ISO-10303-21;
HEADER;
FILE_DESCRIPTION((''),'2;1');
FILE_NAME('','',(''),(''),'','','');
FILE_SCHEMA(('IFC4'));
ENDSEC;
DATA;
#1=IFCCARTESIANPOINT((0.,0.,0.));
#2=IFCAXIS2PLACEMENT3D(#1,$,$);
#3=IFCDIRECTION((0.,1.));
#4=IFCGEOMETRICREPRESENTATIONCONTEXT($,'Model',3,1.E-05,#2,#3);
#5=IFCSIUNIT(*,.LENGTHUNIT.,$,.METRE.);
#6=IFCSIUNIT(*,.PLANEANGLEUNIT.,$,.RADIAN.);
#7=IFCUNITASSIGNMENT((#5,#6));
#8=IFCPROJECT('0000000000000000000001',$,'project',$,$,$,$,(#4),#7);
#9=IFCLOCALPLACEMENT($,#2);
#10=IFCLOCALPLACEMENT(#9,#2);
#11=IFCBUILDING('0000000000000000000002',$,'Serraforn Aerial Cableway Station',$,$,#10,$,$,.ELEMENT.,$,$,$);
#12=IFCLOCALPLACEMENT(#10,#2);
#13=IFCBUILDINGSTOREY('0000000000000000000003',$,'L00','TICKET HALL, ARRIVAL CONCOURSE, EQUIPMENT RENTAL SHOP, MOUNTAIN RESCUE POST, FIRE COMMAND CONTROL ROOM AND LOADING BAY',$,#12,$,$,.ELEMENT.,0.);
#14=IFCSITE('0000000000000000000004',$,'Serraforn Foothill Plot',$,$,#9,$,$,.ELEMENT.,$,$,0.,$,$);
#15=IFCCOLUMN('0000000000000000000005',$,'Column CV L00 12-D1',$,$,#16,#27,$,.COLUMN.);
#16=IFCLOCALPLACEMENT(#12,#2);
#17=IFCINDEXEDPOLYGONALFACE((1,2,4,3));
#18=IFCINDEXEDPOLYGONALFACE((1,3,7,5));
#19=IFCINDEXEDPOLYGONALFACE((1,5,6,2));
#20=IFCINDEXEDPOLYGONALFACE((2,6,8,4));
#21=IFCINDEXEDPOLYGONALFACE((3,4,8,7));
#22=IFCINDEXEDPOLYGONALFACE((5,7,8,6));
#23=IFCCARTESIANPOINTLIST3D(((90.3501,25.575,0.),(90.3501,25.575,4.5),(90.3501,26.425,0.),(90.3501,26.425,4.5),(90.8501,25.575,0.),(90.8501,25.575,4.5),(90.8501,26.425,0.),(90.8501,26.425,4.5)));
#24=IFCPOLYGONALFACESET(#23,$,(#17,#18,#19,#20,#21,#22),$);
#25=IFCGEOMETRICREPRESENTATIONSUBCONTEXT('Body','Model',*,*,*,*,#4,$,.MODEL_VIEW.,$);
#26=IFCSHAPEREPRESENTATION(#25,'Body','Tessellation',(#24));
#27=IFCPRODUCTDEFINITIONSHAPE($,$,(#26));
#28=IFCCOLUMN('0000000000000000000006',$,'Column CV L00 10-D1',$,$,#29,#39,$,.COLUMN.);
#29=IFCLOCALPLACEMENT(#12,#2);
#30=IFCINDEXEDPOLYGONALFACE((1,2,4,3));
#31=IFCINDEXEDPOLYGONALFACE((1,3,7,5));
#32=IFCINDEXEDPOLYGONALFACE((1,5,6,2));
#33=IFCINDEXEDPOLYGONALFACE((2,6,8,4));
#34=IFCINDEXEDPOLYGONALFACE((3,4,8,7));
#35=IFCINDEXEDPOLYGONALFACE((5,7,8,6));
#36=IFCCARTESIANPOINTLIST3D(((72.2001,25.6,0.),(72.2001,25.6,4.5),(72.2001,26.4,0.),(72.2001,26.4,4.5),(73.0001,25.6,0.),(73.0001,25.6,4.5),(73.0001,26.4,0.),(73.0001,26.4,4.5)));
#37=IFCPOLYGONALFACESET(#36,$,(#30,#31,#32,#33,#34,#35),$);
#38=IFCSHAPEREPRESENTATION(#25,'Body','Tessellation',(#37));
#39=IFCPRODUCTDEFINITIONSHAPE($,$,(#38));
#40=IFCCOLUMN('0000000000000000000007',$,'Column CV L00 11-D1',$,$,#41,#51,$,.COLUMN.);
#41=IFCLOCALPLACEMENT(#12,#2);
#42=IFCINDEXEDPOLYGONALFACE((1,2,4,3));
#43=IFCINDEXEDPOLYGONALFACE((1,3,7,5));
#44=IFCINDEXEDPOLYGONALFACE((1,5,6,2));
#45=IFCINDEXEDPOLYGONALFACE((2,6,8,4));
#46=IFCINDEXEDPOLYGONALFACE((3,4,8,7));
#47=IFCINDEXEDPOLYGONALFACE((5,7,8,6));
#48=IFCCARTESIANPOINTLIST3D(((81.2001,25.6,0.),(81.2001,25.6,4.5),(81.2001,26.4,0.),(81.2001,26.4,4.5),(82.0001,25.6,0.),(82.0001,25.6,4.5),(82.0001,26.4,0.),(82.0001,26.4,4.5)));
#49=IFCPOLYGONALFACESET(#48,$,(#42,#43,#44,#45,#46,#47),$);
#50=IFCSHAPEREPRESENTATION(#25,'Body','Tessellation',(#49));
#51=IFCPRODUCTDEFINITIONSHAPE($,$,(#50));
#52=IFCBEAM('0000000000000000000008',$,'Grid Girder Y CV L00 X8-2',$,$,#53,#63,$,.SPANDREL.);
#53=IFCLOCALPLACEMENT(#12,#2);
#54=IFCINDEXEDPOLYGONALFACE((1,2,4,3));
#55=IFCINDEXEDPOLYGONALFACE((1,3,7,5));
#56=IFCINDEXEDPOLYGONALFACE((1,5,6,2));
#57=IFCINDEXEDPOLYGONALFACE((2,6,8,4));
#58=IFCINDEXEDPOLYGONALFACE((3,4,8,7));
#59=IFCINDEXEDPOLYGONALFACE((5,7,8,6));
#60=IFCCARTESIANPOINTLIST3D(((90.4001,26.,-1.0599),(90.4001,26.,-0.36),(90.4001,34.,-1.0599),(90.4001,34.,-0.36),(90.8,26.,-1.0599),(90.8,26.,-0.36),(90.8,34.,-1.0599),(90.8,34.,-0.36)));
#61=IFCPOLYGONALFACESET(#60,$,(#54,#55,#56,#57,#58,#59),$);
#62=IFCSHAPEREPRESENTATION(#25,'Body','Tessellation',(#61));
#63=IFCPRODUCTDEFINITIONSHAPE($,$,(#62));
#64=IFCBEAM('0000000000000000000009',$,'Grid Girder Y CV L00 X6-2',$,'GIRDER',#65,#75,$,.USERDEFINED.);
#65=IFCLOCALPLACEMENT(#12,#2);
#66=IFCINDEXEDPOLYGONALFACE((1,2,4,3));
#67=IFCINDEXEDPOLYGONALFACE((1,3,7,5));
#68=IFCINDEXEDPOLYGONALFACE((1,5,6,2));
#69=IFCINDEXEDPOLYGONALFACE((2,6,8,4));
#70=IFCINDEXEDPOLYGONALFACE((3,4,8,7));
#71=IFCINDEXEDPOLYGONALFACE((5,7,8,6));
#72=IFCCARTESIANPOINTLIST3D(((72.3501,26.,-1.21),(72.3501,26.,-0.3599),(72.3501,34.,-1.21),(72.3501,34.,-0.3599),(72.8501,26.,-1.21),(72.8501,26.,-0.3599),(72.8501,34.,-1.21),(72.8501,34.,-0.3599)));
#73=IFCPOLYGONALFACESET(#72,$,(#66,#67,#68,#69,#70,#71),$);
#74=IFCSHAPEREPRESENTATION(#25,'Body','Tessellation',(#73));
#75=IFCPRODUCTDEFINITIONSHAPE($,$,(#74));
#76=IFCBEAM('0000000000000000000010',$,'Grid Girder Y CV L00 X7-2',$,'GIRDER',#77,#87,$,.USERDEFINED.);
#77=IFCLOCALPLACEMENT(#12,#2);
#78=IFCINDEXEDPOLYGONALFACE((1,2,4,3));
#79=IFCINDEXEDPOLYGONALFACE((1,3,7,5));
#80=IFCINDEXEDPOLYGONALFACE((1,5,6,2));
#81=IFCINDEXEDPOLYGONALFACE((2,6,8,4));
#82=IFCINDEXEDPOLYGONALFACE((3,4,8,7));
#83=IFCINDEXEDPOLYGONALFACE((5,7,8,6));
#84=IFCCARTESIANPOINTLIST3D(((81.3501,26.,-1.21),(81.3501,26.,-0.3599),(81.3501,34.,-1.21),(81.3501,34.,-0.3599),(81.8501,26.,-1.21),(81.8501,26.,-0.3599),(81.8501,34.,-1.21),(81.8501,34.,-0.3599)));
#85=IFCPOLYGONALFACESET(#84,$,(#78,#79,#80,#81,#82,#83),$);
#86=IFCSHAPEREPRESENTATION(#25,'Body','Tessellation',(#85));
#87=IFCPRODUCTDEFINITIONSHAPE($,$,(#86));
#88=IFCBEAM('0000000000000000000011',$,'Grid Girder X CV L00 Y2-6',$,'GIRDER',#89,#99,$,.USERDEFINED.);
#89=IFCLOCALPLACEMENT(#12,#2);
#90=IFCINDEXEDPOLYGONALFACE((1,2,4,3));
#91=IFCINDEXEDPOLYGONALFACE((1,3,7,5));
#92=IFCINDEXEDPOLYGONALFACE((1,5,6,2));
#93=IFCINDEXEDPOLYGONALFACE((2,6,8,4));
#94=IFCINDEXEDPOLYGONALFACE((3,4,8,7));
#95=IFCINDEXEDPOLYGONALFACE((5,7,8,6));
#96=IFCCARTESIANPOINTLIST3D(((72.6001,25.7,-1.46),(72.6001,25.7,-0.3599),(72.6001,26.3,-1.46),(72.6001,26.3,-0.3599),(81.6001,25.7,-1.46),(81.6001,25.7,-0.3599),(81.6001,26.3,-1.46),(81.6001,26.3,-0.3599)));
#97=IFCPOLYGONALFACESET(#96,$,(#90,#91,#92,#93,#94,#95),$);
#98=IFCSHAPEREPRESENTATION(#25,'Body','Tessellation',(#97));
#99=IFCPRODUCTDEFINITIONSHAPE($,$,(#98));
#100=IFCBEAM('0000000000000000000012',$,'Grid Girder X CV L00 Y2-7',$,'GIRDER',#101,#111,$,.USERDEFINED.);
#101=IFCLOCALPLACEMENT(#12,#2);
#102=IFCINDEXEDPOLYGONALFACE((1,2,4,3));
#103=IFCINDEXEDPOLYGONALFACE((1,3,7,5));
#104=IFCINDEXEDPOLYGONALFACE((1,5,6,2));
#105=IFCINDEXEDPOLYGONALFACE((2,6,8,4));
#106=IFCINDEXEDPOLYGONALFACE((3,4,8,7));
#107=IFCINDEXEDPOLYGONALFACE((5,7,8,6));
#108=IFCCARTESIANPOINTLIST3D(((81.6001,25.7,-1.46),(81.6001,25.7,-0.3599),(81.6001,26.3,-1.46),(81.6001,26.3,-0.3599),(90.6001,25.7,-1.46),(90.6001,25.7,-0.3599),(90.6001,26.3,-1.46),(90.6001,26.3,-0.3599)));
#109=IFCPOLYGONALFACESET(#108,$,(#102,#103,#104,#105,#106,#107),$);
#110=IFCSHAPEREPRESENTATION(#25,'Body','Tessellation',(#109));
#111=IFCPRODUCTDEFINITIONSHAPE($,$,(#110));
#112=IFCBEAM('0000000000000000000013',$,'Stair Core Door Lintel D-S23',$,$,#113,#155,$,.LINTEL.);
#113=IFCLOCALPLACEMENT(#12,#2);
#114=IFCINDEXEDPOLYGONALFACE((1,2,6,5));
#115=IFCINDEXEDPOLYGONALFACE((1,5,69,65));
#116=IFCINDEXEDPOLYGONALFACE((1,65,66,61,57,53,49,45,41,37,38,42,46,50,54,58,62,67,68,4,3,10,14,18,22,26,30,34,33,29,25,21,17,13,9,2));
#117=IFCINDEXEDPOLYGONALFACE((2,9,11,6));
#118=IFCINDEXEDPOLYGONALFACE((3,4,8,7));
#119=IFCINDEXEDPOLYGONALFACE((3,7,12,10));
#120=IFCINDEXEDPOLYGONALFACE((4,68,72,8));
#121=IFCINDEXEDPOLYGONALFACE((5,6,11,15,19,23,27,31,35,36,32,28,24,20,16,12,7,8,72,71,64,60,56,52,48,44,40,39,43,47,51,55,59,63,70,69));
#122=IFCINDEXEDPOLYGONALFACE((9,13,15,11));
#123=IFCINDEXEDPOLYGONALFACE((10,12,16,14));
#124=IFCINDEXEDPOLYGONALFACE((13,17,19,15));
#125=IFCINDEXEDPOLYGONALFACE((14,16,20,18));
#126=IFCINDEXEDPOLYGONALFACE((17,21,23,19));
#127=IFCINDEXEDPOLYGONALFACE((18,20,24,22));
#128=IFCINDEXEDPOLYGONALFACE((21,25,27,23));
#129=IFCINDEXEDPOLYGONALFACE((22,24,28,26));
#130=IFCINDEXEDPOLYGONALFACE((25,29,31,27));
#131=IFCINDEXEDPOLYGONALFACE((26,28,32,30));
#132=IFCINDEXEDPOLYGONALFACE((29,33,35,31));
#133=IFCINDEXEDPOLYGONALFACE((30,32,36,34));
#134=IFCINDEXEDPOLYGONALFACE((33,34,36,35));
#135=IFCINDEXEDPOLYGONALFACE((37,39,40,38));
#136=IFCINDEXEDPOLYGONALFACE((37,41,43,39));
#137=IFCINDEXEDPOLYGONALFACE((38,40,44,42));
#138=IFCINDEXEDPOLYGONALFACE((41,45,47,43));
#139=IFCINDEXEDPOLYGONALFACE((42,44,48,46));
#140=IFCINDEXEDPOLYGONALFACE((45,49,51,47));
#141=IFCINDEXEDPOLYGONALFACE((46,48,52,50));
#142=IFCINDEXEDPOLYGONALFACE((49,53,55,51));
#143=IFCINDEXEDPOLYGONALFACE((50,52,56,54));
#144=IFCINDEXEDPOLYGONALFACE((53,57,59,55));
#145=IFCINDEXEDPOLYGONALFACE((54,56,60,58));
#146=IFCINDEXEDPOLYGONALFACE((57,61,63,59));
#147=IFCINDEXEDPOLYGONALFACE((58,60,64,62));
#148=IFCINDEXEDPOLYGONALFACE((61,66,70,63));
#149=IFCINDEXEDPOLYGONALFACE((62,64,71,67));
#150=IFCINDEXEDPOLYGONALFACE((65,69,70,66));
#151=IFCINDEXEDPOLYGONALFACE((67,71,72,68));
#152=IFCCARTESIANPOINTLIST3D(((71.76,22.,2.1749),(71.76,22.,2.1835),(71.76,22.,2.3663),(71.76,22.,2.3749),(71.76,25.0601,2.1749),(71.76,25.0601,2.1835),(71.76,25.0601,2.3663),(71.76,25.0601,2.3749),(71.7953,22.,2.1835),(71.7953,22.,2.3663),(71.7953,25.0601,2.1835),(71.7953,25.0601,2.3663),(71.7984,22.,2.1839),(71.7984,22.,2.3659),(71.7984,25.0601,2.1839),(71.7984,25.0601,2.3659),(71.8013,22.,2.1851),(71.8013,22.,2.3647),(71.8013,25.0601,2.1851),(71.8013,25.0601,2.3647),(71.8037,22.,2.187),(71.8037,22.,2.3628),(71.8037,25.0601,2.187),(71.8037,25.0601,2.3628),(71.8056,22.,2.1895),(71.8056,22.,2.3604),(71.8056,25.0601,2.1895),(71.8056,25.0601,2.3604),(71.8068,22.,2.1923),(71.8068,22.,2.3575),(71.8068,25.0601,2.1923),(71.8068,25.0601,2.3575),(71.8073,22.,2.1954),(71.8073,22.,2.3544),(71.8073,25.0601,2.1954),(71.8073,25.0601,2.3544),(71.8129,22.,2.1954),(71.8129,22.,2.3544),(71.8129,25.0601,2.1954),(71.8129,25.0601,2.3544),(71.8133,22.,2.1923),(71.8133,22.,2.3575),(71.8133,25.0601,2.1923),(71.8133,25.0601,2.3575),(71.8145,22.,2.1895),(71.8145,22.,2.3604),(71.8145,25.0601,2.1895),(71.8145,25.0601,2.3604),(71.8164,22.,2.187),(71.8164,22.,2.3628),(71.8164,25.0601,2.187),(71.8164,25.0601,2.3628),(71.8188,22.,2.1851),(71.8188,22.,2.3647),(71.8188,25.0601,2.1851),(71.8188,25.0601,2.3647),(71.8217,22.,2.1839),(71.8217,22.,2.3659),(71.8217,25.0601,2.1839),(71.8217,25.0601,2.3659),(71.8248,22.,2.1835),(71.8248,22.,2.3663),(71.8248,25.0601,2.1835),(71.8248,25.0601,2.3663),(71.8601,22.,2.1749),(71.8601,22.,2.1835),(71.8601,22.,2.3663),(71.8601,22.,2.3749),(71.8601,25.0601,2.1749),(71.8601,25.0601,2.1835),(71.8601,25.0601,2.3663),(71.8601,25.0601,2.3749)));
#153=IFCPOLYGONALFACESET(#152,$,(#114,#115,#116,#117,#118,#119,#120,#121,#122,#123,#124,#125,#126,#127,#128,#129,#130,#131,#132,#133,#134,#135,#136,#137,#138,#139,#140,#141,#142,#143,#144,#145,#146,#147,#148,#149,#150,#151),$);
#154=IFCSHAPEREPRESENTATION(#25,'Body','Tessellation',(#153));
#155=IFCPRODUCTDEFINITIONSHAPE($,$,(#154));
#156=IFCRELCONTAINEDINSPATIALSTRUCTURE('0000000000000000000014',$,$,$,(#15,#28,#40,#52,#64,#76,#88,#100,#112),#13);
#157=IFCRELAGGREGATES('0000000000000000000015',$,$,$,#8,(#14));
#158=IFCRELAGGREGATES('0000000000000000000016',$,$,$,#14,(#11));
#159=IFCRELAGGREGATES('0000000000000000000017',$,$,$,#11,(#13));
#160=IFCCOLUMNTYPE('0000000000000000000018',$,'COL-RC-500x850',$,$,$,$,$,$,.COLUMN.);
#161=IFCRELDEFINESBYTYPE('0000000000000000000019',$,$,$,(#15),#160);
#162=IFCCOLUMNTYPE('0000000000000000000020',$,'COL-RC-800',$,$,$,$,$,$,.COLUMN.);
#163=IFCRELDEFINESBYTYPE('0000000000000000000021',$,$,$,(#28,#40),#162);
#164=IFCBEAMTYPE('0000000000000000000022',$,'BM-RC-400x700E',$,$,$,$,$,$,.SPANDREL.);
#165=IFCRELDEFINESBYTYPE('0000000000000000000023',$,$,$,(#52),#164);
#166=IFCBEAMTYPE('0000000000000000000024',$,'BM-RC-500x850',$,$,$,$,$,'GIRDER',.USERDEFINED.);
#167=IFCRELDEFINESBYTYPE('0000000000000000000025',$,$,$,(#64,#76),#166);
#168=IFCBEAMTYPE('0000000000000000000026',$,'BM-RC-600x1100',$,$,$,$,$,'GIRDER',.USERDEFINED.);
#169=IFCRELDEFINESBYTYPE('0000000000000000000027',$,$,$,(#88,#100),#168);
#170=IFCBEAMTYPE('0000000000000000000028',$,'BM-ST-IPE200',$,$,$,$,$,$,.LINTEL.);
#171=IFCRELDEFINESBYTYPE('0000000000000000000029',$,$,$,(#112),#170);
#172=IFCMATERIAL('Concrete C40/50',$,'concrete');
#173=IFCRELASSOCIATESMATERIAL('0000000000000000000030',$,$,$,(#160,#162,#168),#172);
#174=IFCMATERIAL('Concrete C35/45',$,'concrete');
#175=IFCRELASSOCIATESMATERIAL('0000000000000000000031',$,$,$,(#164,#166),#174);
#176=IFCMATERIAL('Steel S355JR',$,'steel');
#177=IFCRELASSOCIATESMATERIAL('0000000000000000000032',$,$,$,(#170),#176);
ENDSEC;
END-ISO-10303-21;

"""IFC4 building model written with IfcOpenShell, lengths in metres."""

from ifc_helpers import new_model, si_unit, direction, frame, origin, origin_2d, place, context, subcontext, project, spatial, rectangle, i_section, extrude, material, material_profile, profile_set, type_object, element, save


model = new_model("IFC4")

# Units and contexts
model_context = context("Model", 3, precision=1e-05, world=origin(), true_north=direction((0.0, 1.0)))
body_context = subcontext(model_context, "Body", "Model", "MODEL_VIEW")
ifc_project = project(units=[si_unit("LENGTHUNIT", "METRE"), si_unit("PLANEANGLEUNIT", "RADIAN")], contexts=[model_context])

# Site, building, storey
site_placement = place(None, origin())
site = spatial("IfcSite", under=ifc_project, at=site_placement, Name="Serraforn Foothill Plot", CompositionType="ELEMENT", RefElevation=0.0)
building_placement = place(site_placement, origin())
building = spatial("IfcBuilding", under=site, at=building_placement, Name="Serraforn Aerial Cableway Station", CompositionType="ELEMENT")
storey_placement = place(building_placement, origin())
storey = spatial("IfcBuildingStorey", under=building, at=storey_placement, Name="L00", Description="TICKET HALL, ARRIVAL CONCOURSE, EQUIPMENT RENTAL SHOP, MOUNTAIN RESCUE POST, FIRE COMMAND CONTROL ROOM AND LOADING BAY", CompositionType="ELEMENT", Elevation=0.0)

# Columns
ifc_material_1 = material(Name="Concrete C40/50", Category="concrete")
ifc_material_profile_1 = material_profile(ifc_material_1, rectangle(XDim=0.5, YDim=0.8501, at=origin_2d()), Name="RC 500x850")
ifc_profile_set_1 = profile_set([ifc_material_profile_1], Name="Concrete C40/50")
column_type_1 = type_object("IfcColumnType", Name="COL-RC-500x850", PredefinedType="COLUMN", material=ifc_profile_set_1)
column_placement = place(storey_placement, frame((90.6001, 26.0, 0.0), z_axis=(0.0, 0.0, 1.0), x_axis=(1.0, 0.0, 0.0)))
element("IfcColumn", 1, at=column_placement, inside=storey, type_object=column_type_1, Name="Column CV L00 12-D1", PredefinedType="COLUMN", context=body_context, shape_type="SweptSolid", body=[
    extrude(rectangle(XDim=0.5, YDim=0.8501, at=origin_2d()), origin(), (0.0, 0.0, 1.0), 4.5),
])
ifc_material_profile_2 = material_profile(ifc_material_1, rectangle(XDim=0.8, YDim=0.8, at=origin_2d()), Name="RC 800x800")
ifc_profile_set_2 = profile_set([ifc_material_profile_2], Name="Concrete C40/50")
column_type_2 = type_object("IfcColumnType", Name="COL-RC-800", PredefinedType="COLUMN", material=ifc_profile_set_2)
for number, where, z_axis, x_axis, name in (
    (2, (72.6001, 26.0, 0.0), (0.0, 0.0, 1.0), (1.0, 0.0, 0.0), "Column CV L00 10-D1"),
    (3, (81.6001, 26.0, 0.0), (0.0, 0.0, 1.0), (1.0, 0.0, 0.0), "Column CV L00 11-D1"),
):
    element("IfcColumn", number, at=place(storey_placement, frame(where, z_axis=z_axis, x_axis=x_axis)), inside=storey, type_object=column_type_2, Name=name, PredefinedType="COLUMN", context=body_context, shape_type="SweptSolid", body=[
        extrude(rectangle(XDim=0.8, YDim=0.8, at=origin_2d()), origin(), (0.0, 0.0, 1.0), 4.5),
    ])

# Beams
ifc_material_2 = material(Name="Concrete C35/45", Category="concrete")
ifc_material_profile_3 = material_profile(ifc_material_2, rectangle(XDim=0.3999, YDim=0.7, at=origin_2d()), Name="RC 400x700")
ifc_profile_set_3 = profile_set([ifc_material_profile_3], Name="Concrete C35/45")
beam_type_1 = type_object("IfcBeamType", Name="BM-RC-400x700E", PredefinedType="SPANDREL", material=ifc_profile_set_3)
beam_1_placement = place(storey_placement, frame((90.6001, 26.0, -0.71), z_axis=(0.0, 1.0, 0.0), x_axis=(-1.0, 0.0, 0.0)))
element("IfcBeam", 4, at=beam_1_placement, inside=storey, type_object=beam_type_1, Name="Grid Girder Y CV L00 X8-2", PredefinedType="SPANDREL", context=body_context, shape_type="SweptSolid", body=[
    extrude(rectangle(XDim=0.3999, YDim=0.7, at=origin_2d()), origin(), (0.0, 0.0, 1.0), 8.0),
])
ifc_material_profile_4 = material_profile(ifc_material_2, rectangle(XDim=0.5, YDim=0.8501, at=origin_2d()), Name="RC 500x850")
ifc_profile_set_4 = profile_set([ifc_material_profile_4], Name="Concrete C35/45")
beam_type_2 = type_object("IfcBeamType", Name="BM-RC-500x850", ElementType="GIRDER", PredefinedType="USERDEFINED", material=ifc_profile_set_4)
for number, where, z_axis, x_axis, name in (
    (5, (72.6001, 26.0, -0.7849), (0.0, 1.0, 0.0), (-1.0, 0.0, 0.0), "Grid Girder Y CV L00 X6-2"),
    (6, (81.6001, 26.0, -0.7849), (0.0, 1.0, 0.0), (-1.0, 0.0, 0.0), "Grid Girder Y CV L00 X7-2"),
):
    element("IfcBeam", number, at=place(storey_placement, frame(where, z_axis=z_axis, x_axis=x_axis)), inside=storey, type_object=beam_type_2, Name=name, ObjectType="GIRDER", PredefinedType="USERDEFINED", context=body_context, shape_type="SweptSolid", body=[
        extrude(rectangle(XDim=0.5, YDim=0.8501, at=origin_2d()), origin(), (0.0, 0.0, 1.0), 8.0),
    ])
ifc_material_profile_5 = material_profile(ifc_material_1, rectangle(XDim=0.6001, YDim=1.1001, at=origin_2d()), Name="RC 600x1100")
ifc_profile_set_5 = profile_set([ifc_material_profile_5], Name="Concrete C40/50")
beam_type_3 = type_object("IfcBeamType", Name="BM-RC-600x1100", ElementType="GIRDER", PredefinedType="USERDEFINED", material=ifc_profile_set_5)
for number, where, z_axis, x_axis, name in (
    (7, (72.6001, 26.0, -0.9099), (1.0, 0.0, 0.0), (0.0, 1.0, 0.0), "Grid Girder X CV L00 Y2-6"),
    (8, (81.6001, 26.0, -0.9099), (1.0, 0.0, 0.0), (0.0, 1.0, 0.0), "Grid Girder X CV L00 Y2-7"),
):
    element("IfcBeam", number, at=place(storey_placement, frame(where, z_axis=z_axis, x_axis=x_axis)), inside=storey, type_object=beam_type_3, Name=name, ObjectType="GIRDER", PredefinedType="USERDEFINED", context=body_context, shape_type="SweptSolid", body=[
        extrude(rectangle(XDim=0.6001, YDim=1.1001, at=origin_2d()), origin(), (0.0, 0.0, 1.0), 9.0),
    ])
ifc_material_3 = material(Name="Steel S355JR", Category="steel")
ifc_material_profile_6 = material_profile(ifc_material_3, i_section(OverallWidth=0.1001, OverallDepth=0.2, WebThickness=0.0056, FlangeThickness=0.0085, FilletRadius=0.012, at=origin_2d()), Name="IPE 200")
ifc_profile_set_6 = profile_set([ifc_material_profile_6], Name="Steel S355JR")
beam_type_4 = type_object("IfcBeamType", Name="BM-ST-IPE200", PredefinedType="LINTEL", material=ifc_profile_set_6)
beam_2_placement = place(storey_placement, frame((71.8101, 25.0601, 2.2749), z_axis=(0.0, -1.0, 0.0), x_axis=(1.0, 0.0, 0.0)))
element("IfcBeam", 9, at=beam_2_placement, inside=storey, type_object=beam_type_4, Name="Stair Core Door Lintel D-S23", PredefinedType="LINTEL", context=body_context, shape_type="SweptSolid", body=[
    extrude(i_section(OverallWidth=0.1001, OverallDepth=0.2, WebThickness=0.0056, FlangeThickness=0.0085, FilletRadius=0.012, at=origin_2d()), origin(), (0.0, 0.0, 1.0), 3.0601),
])

save(model, "model.ifc")
